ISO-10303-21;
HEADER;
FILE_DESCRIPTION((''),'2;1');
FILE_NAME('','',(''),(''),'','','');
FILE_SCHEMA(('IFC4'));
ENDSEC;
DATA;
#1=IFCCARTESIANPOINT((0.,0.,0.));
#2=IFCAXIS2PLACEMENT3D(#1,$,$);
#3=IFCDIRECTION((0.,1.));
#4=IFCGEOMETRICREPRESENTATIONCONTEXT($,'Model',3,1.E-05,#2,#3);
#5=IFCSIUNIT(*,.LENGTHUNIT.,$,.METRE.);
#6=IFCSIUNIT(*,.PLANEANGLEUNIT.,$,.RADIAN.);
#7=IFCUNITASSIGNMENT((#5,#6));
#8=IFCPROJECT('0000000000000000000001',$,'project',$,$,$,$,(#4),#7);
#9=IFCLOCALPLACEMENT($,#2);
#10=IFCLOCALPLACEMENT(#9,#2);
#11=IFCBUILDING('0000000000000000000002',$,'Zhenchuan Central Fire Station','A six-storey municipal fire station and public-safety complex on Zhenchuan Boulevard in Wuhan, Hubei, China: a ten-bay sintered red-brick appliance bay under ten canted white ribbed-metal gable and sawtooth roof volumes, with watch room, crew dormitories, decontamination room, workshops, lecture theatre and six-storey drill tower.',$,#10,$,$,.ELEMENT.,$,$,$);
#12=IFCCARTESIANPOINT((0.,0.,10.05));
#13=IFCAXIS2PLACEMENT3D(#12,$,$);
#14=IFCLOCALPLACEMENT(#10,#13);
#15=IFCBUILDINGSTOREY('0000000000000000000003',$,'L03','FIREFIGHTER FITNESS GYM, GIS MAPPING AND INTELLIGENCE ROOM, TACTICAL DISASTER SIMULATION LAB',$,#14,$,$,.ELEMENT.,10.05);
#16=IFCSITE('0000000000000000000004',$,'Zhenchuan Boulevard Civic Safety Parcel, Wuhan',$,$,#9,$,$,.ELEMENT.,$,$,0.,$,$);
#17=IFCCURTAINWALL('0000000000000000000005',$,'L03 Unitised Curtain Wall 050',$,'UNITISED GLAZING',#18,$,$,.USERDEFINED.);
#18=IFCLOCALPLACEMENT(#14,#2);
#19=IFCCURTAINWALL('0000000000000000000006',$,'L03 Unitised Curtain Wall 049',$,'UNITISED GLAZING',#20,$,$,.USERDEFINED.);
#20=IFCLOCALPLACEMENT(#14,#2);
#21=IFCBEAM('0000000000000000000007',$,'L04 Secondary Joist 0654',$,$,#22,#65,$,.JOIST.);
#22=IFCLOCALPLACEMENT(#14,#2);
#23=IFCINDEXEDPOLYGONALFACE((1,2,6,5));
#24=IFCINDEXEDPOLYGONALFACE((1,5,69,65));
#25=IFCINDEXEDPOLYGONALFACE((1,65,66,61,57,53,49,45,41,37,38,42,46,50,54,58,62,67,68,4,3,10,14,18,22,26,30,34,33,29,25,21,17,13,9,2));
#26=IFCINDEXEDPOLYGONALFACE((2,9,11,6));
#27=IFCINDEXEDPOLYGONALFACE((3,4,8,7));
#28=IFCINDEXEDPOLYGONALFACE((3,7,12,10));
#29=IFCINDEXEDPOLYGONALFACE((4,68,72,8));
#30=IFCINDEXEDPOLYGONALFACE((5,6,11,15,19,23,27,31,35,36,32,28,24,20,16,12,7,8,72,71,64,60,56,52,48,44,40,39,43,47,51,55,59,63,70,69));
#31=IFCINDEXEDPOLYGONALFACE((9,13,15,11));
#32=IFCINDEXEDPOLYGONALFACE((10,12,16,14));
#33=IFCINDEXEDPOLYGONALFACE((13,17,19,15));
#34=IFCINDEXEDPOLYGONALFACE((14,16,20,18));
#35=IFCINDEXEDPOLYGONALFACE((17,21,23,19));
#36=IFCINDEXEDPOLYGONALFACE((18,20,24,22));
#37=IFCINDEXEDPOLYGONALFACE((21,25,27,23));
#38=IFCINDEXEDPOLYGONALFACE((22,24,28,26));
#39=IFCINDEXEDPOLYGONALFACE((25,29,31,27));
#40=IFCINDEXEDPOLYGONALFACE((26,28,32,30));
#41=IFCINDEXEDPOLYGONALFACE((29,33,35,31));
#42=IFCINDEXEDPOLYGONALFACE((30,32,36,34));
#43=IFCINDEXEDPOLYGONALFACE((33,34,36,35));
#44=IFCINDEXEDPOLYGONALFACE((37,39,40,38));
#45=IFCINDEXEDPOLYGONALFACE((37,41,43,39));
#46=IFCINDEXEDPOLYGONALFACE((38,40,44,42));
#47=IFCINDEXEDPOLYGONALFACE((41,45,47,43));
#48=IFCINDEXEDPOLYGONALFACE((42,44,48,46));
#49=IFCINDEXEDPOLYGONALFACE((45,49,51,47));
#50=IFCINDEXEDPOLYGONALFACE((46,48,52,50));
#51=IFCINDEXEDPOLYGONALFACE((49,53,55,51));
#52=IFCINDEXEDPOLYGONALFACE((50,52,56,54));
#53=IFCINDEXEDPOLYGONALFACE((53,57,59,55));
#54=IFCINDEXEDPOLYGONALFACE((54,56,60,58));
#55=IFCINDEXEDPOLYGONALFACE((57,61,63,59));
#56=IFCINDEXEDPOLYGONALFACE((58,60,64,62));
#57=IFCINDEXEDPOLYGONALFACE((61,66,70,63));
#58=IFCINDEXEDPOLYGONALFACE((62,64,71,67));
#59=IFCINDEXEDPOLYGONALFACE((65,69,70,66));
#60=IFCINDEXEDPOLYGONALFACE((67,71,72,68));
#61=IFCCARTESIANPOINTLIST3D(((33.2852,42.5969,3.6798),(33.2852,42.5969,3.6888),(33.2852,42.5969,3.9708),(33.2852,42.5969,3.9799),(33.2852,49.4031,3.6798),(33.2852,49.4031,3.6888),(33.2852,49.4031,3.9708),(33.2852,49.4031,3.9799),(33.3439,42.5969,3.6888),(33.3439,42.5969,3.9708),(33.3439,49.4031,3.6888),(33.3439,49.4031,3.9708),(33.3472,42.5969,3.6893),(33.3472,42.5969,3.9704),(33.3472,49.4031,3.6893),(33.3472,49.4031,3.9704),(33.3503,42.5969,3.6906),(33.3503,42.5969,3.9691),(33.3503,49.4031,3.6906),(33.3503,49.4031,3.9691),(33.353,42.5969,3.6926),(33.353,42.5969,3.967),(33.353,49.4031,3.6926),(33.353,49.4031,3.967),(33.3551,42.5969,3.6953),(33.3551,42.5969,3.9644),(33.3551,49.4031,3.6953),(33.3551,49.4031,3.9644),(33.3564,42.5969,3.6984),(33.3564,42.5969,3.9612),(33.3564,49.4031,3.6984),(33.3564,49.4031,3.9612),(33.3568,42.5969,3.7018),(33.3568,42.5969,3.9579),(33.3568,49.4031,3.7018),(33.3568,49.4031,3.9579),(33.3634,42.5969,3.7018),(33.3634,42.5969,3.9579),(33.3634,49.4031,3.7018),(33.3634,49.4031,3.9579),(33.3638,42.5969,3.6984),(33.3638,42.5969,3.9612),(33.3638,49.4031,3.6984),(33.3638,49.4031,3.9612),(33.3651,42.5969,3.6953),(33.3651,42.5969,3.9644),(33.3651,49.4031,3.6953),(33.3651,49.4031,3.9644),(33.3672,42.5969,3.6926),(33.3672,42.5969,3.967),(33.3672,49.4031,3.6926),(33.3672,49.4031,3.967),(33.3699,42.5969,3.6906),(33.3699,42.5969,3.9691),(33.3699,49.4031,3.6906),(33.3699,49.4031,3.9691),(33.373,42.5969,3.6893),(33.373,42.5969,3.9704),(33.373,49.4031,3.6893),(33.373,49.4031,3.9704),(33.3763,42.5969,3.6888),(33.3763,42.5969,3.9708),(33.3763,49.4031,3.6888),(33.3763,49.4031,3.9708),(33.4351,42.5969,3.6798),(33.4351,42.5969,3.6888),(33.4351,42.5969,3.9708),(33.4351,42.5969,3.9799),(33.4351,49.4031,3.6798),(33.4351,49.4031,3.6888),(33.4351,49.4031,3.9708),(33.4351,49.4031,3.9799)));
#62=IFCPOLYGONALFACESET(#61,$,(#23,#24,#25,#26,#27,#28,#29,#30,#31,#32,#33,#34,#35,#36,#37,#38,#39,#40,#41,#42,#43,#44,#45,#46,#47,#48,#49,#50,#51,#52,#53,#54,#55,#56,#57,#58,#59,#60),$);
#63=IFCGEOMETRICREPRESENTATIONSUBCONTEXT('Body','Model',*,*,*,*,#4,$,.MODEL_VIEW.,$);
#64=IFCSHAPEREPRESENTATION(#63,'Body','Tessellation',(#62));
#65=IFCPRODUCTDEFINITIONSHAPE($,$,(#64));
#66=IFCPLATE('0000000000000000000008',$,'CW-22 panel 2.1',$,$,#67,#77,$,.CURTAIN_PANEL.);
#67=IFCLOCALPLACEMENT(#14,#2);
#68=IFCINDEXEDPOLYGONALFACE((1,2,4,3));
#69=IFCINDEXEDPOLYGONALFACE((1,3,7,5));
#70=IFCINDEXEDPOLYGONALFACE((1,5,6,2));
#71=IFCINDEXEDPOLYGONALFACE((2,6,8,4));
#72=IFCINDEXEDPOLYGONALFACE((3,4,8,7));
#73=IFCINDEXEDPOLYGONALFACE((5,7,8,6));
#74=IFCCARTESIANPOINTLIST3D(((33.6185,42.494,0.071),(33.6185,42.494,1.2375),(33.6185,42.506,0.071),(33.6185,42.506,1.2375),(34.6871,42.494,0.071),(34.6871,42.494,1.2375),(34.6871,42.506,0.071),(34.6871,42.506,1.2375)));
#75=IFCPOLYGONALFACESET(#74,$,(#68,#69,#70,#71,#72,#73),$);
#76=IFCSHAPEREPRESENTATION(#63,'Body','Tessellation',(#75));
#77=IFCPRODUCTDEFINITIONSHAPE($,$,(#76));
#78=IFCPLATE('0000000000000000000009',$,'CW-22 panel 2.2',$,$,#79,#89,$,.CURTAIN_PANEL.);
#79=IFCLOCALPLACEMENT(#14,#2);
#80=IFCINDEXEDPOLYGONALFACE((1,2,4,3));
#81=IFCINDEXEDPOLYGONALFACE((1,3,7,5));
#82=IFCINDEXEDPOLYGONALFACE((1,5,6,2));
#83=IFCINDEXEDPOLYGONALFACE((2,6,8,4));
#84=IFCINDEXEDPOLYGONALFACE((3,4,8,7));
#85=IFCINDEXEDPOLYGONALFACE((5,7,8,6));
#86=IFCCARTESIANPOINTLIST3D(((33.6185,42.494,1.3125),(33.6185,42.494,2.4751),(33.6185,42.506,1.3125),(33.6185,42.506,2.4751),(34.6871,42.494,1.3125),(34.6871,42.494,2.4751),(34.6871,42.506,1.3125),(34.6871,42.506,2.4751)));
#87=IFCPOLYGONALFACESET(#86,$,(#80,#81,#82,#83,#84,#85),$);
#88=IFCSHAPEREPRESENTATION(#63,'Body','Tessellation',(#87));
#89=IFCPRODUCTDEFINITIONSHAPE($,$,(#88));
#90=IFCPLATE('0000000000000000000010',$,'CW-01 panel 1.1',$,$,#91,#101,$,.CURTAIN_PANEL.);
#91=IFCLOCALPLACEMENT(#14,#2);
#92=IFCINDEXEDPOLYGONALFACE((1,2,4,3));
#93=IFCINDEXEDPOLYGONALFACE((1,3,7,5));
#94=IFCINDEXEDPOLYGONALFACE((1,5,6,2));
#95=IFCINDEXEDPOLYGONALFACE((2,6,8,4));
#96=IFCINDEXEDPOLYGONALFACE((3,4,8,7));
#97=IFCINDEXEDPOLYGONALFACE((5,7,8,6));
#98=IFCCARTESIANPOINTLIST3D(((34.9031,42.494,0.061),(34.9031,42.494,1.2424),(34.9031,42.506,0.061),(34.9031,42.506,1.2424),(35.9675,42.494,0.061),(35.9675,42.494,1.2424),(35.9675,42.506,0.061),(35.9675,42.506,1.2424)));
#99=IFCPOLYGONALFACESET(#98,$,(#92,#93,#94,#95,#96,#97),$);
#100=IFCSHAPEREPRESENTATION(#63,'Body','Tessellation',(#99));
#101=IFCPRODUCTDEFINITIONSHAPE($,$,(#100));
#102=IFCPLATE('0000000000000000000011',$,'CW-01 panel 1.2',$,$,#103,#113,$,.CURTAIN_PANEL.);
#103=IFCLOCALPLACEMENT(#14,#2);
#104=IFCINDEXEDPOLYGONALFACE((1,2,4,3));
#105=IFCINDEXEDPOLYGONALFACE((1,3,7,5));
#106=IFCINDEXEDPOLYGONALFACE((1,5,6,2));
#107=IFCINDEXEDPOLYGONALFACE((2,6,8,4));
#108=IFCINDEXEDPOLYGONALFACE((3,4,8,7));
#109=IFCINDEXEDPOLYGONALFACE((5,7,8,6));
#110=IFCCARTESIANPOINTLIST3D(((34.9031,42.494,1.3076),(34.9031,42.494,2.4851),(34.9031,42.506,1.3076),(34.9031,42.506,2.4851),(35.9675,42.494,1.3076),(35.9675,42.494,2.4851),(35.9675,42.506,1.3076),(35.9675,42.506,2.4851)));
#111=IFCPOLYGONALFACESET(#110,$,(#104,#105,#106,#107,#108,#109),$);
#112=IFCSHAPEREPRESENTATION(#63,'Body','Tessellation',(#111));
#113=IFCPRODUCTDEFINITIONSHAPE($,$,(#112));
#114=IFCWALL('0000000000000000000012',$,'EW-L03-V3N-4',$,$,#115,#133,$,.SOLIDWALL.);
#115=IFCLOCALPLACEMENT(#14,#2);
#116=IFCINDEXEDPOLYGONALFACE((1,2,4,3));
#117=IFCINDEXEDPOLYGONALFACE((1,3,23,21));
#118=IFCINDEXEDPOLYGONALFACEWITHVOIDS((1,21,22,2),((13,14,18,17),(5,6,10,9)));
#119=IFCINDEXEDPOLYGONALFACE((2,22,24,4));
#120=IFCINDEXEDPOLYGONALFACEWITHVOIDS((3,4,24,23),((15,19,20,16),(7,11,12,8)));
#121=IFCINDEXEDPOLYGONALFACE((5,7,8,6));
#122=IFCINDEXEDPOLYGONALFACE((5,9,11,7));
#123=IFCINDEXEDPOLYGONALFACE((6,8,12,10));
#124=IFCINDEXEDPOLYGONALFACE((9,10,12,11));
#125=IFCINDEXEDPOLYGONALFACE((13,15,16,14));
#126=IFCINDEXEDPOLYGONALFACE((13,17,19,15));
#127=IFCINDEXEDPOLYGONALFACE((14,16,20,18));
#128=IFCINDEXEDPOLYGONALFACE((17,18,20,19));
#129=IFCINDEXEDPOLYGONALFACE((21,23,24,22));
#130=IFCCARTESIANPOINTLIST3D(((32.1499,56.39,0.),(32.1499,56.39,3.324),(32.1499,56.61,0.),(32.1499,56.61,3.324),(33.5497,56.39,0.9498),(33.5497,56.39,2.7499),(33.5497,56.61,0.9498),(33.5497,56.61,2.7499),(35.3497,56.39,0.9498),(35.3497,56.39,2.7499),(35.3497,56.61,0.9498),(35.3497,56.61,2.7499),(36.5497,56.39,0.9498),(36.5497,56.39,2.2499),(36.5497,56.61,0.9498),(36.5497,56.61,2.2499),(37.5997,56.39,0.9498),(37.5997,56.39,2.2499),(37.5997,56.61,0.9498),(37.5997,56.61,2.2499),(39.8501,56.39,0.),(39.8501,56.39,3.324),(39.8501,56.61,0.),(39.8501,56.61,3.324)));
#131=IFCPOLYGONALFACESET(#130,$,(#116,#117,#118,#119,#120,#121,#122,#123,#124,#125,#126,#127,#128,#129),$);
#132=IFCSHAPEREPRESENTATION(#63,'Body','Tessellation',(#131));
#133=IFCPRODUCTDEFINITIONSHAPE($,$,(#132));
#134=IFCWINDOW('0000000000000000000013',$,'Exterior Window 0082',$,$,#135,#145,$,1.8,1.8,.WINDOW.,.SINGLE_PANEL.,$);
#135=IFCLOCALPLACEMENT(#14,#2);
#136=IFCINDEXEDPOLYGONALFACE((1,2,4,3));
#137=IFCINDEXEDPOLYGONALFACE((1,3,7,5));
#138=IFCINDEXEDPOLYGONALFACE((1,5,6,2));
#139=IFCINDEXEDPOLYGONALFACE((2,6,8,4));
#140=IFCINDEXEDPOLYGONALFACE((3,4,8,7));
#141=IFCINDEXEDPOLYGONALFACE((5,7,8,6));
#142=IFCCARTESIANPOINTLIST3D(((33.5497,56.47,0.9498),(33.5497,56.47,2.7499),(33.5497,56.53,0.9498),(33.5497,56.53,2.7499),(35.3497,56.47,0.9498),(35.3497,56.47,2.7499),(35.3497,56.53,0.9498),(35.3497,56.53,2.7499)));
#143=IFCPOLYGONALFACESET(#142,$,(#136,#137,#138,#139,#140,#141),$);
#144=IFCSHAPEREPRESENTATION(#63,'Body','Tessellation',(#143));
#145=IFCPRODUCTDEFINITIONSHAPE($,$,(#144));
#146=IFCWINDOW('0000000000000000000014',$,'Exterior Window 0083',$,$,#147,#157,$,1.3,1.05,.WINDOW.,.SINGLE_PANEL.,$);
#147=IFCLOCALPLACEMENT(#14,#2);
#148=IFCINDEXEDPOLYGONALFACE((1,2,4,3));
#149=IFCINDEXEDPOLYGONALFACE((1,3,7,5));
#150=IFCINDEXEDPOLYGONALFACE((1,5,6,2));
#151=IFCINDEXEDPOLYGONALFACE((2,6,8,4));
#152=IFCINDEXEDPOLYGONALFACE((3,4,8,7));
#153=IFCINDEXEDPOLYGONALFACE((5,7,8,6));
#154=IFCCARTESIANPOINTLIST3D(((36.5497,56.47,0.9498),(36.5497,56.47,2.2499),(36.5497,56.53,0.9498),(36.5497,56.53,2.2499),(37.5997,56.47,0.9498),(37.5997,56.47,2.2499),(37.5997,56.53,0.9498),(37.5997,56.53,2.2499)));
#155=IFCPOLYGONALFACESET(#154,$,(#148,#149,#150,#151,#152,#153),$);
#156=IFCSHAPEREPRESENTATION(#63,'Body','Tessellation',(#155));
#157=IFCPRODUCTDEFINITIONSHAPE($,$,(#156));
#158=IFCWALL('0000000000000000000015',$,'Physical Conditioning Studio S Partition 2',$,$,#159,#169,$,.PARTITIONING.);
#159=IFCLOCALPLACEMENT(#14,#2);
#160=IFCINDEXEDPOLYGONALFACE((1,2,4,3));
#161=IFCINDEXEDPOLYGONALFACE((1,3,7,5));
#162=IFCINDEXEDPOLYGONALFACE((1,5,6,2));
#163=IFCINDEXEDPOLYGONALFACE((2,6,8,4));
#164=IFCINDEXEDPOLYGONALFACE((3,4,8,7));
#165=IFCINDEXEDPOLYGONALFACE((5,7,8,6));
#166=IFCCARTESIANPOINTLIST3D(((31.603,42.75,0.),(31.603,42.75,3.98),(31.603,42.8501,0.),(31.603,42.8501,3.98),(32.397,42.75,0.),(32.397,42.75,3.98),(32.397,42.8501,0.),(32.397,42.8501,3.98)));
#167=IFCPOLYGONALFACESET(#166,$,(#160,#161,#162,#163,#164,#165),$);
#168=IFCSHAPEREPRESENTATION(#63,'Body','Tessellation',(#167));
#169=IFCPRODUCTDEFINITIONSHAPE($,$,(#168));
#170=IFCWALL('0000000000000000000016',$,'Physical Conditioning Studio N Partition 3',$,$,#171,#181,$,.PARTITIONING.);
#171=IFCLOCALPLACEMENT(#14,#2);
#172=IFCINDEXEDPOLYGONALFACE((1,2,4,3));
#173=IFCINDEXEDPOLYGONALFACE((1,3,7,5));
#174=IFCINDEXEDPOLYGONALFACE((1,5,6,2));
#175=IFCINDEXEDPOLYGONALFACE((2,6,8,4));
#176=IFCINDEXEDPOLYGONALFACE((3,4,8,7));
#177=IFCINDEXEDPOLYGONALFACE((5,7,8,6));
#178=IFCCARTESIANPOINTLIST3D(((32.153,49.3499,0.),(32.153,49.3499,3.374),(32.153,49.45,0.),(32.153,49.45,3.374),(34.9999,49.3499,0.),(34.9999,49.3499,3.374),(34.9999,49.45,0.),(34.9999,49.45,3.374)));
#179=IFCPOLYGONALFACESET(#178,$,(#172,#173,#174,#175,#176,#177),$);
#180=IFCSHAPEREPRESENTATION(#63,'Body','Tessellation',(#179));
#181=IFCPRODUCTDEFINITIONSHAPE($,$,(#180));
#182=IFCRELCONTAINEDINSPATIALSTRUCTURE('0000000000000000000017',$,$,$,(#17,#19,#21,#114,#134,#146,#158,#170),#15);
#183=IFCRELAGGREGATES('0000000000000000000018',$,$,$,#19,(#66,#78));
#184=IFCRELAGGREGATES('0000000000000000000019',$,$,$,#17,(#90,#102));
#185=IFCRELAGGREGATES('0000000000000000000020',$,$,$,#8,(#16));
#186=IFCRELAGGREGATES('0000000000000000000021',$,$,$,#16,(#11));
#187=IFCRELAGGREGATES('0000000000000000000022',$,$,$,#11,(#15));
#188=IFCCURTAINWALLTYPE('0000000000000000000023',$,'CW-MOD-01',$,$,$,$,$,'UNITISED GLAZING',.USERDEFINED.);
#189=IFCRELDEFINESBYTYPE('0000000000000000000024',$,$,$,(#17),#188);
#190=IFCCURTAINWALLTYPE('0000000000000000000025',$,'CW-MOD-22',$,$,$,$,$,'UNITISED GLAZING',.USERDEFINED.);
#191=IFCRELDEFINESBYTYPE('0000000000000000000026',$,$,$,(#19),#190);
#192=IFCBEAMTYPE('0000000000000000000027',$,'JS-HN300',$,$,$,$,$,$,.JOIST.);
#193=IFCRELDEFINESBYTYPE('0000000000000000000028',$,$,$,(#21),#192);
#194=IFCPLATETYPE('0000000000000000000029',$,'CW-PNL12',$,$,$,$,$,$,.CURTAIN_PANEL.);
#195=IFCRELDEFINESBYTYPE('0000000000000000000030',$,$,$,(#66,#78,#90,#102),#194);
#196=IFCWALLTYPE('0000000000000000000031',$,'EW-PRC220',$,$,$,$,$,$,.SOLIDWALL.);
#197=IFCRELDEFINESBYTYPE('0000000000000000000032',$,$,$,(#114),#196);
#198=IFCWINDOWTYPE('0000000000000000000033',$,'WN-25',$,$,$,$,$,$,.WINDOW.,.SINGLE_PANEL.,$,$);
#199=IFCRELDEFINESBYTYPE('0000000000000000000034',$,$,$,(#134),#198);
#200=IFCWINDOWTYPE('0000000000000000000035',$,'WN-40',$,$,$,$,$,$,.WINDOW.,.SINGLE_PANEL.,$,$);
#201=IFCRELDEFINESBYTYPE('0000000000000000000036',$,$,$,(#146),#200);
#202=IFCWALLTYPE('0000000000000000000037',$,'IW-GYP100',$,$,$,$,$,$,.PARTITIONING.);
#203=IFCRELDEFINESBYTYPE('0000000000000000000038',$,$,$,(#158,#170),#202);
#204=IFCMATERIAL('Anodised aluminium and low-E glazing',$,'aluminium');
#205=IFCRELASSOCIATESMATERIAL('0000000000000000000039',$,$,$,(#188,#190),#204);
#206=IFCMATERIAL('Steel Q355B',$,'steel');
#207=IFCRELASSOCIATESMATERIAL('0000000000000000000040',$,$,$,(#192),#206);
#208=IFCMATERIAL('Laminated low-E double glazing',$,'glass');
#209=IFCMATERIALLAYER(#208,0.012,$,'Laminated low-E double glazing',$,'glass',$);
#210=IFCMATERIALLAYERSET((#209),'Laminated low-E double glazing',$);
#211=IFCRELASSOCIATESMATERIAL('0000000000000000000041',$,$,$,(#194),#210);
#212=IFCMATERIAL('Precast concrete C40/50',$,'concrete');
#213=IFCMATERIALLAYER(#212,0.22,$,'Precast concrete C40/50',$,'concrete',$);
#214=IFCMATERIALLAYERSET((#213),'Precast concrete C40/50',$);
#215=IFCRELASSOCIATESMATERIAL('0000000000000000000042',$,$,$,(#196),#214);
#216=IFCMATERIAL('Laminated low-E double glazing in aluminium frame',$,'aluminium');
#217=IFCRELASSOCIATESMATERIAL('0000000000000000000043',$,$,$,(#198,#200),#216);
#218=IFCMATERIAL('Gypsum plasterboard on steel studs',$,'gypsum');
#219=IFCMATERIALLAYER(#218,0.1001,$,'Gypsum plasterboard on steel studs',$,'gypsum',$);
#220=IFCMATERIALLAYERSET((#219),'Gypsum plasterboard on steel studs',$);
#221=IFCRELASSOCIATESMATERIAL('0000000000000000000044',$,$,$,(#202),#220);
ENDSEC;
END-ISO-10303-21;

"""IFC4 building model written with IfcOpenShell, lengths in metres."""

from ifc_helpers import new_model, si_unit, direction, frame, frame_2d, origin, origin_2d, place, context, subcontext, project, spatial, rectangle, i_section, extrude, material, layer, layer_set, material_profile, profile_set, type_object, element, fill, aggregate, save


model = new_model("IFC4")

# Units and contexts
model_context = context("Model", 3, precision=1e-05, world=origin(), true_north=direction((0.0, 1.0)))
body_context = subcontext(model_context, "Body", "Model", "MODEL_VIEW")
ifc_project = project(units=[si_unit("LENGTHUNIT", "METRE"), si_unit("PLANEANGLEUNIT", "RADIAN")], contexts=[model_context])

# Site, building, storey
site_placement = place(None, origin())
site = spatial("IfcSite", under=ifc_project, at=site_placement, Name="Zhenchuan Boulevard Civic Safety Parcel, Wuhan", CompositionType="ELEMENT", RefElevation=0.0)
building_placement = place(site_placement, origin())
building = spatial("IfcBuilding", under=site, at=building_placement, Name="Zhenchuan Central Fire Station", Description="A six-storey municipal fire station and public-safety complex on Zhenchuan Boulevard in Wuhan, Hubei, China: a ten-bay sintered red-brick appliance bay under ten canted white ribbed-metal gable and sawtooth roof volumes, with watch room, crew dormitories, decontamination room, workshops, lecture theatre and six-storey drill tower.", CompositionType="ELEMENT")
storey_placement = place(building_placement, frame((0.0, 0.0, 10.05)))
storey = spatial("IfcBuildingStorey", under=building, at=storey_placement, Name="L03", Description="FIREFIGHTER FITNESS GYM, GIS MAPPING AND INTELLIGENCE ROOM, TACTICAL DISASTER SIMULATION LAB", CompositionType="ELEMENT", Elevation=10.05)

# Shared definitions
ifc_material_1 = material(Name="Steel Q355B", Category="steel")

# Curtain walls
ifc_material_2 = material(Name="Anodised aluminium and low-E glazing", Category="aluminium")
curtain_wall_type_1 = type_object("IfcCurtainWallType", Name="CW-MOD-01", ElementType="UNITISED GLAZING", PredefinedType="USERDEFINED", material=ifc_material_2)
curtain_wall_1_placement = place(storey_placement, origin())
curtain_wall_1 = element("IfcCurtainWall", 1, at=curtain_wall_1_placement, inside=storey, type_object=curtain_wall_type_1, Name="L03 Unitised Curtain Wall 050", ObjectType="UNITISED GLAZING", PredefinedType="USERDEFINED")
curtain_wall_type_2 = type_object("IfcCurtainWallType", Name="CW-MOD-22", ElementType="UNITISED GLAZING", PredefinedType="USERDEFINED", material=ifc_material_2)
curtain_wall_2_placement = place(storey_placement, origin())
curtain_wall_2 = element("IfcCurtainWall", 2, at=curtain_wall_2_placement, inside=storey, type_object=curtain_wall_type_2, Name="L03 Unitised Curtain Wall 049", ObjectType="UNITISED GLAZING", PredefinedType="USERDEFINED")

# Beam
ifc_material_profile_1 = material_profile(ifc_material_1, i_section(OverallWidth=0.1499, OverallDepth=0.3, WebThickness=0.0066, FlangeThickness=0.009, FilletRadius=0.0129, at=origin_2d()), Name="HN 300x150")
ifc_profile_set_1 = profile_set([ifc_material_profile_1], Name="Steel Q355B")
beam_type_1 = type_object("IfcBeamType", Name="JS-HN300", PredefinedType="JOIST", material=ifc_profile_set_1)
for number, where, z_axis, x_axis, name in (
    (3, (33.3601, 42.5969, 3.8298), (0.0, 1.0, 0.0), (-1.0, 0.0, 0.0), "L04 Secondary Joist 0654"),
):
    element("IfcBeam", number, at=place(storey_placement, frame(where, z_axis=z_axis, x_axis=x_axis)), inside=storey, type_object=beam_type_1, Name=name, PredefinedType="JOIST", context=body_context, shape_type="SweptSolid", body=[
        extrude(i_section(OverallWidth=0.1499, OverallDepth=0.3, WebThickness=0.0066, FlangeThickness=0.009, FilletRadius=0.0129, at=origin_2d()), origin(), (0.0, 0.0, 1.0), 6.8062),
    ])

# Plates
ifc_material_3 = material(Name="Laminated low-E double glazing", Category="glass")
ifc_layer_1 = layer(ifc_material_3, 0.012, Name="Laminated low-E double glazing", Category="glass")
ifc_layer_set_1 = layer_set([ifc_layer_1], Name="Laminated low-E double glazing")
plate_type = type_object("IfcPlateType", Name="CW-PNL12", PredefinedType="CURTAIN_PANEL", material=ifc_layer_set_1)
plate_1_placement = place(storey_placement, frame((34.1528, 42.5, 0.071), z_axis=(0.0, 0.0, 1.0), x_axis=(1.0, 0.0, 0.0)))
plate_1 = element("IfcPlate", 4, at=plate_1_placement, type_object=plate_type, Name="CW-22 panel 2.1", PredefinedType="CURTAIN_PANEL", context=body_context, shape_type="SweptSolid", body=[
    extrude(rectangle(XDim=1.0686, YDim=0.012, at=origin_2d()), origin(), (0.0, 0.0, 1.0), 1.1665),
])
plate_2_placement = place(storey_placement, frame((34.1528, 42.5, 1.3125), z_axis=(0.0, 0.0, 1.0), x_axis=(1.0, 0.0, 0.0)))
plate_2 = element("IfcPlate", 5, at=plate_2_placement, type_object=plate_type, Name="CW-22 panel 2.2", PredefinedType="CURTAIN_PANEL", context=body_context, shape_type="SweptSolid", body=[
    extrude(rectangle(XDim=1.0686, YDim=0.012, at=origin_2d()), origin(), (0.0, 0.0, 1.0), 1.1626),
])
aggregate(curtain_wall_2, [plate_1, plate_2])
plate_3_placement = place(storey_placement, frame((35.4353, 42.5, 0.061), z_axis=(0.0, 0.0, 1.0), x_axis=(1.0, 0.0, 0.0)))
plate_3 = element("IfcPlate", 6, at=plate_3_placement, type_object=plate_type, Name="CW-01 panel 1.1", PredefinedType="CURTAIN_PANEL", context=body_context, shape_type="SweptSolid", body=[
    extrude(rectangle(XDim=1.0645, YDim=0.012, at=origin_2d()), origin(), (0.0, 0.0, 1.0), 1.1814),
])
plate_4_placement = place(storey_placement, frame((35.4353, 42.5, 1.3076), z_axis=(0.0, 0.0, 1.0), x_axis=(1.0, 0.0, 0.0)))
plate_4 = element("IfcPlate", 7, at=plate_4_placement, type_object=plate_type, Name="CW-01 panel 1.2", PredefinedType="CURTAIN_PANEL", context=body_context, shape_type="SweptSolid", body=[
    extrude(rectangle(XDim=1.0645, YDim=0.012, at=origin_2d()), origin(), (0.0, 0.0, 1.0), 1.1775),
])
aggregate(curtain_wall_1, [plate_3, plate_4])

# Wall, openings, windows
ifc_material_4 = material(Name="Precast concrete C40/50", Category="concrete")
ifc_layer_2 = layer(ifc_material_4, 0.22, Name="Precast concrete C40/50", Category="concrete")
ifc_layer_set_2 = layer_set([ifc_layer_2], Name="Precast concrete C40/50")
wall_type_1 = type_object("IfcWallType", Name="EW-PRC220", PredefinedType="SOLIDWALL", material=ifc_layer_set_2)
wall_1_placement = place(storey_placement, frame((32.1499, 56.5, 0.0), z_axis=(0.0, 0.0, 1.0), x_axis=(1.0, 0.0, 0.0)))
wall_1 = element("IfcWall", 8, at=wall_1_placement, inside=storey, type_object=wall_type_1, Name="EW-L03-V3N-4", PredefinedType="SOLIDWALL", context=body_context, shape_type="SweptSolid", body=[
    extrude(rectangle(XDim=7.7002, YDim=0.22, at=frame_2d((3.8501, 0.0))), origin(), (0.0, 0.0, 1.0), 3.324),
])
opening_1_placement = place(wall_1_placement, frame((1.3999, 0.0, 0.95)))
opening_1 = element("IfcOpeningElement", 9, at=opening_1_placement, cuts=wall_1, PredefinedType="OPENING", context=body_context, shape_type="SweptSolid", body=[
    extrude(rectangle(XDim=1.8, YDim=1.8, at=frame_2d((0.8999, 0.8999))), frame((0.0, 0.1199, 0.0), z_axis=(0.0, -1.0, 0.0), x_axis=(1.0, 0.0, 0.0)), (0.0, 0.0, 1.0), 0.24),
])
opening_2_placement = place(wall_1_placement, frame((4.3999, 0.0, 0.95)))
opening_2 = element("IfcOpeningElement", 10, at=opening_2_placement, cuts=wall_1, PredefinedType="OPENING", context=body_context, shape_type="SweptSolid", body=[
    extrude(rectangle(XDim=1.05, YDim=1.3, at=frame_2d((0.5249, 0.6499))), frame((0.0, 0.1199, 0.0), z_axis=(0.0, -1.0, 0.0), x_axis=(1.0, 0.0, 0.0)), (0.0, 0.0, 1.0), 0.24),
])
ifc_material_5 = material(Name="Laminated low-E double glazing in aluminium frame", Category="aluminium")
window_type_1 = type_object("IfcWindowType", Name="WN-25", PartitioningType="SINGLE_PANEL", PredefinedType="WINDOW", material=ifc_material_5)
window_1_placement = place(opening_1_placement, origin())
window_1 = element("IfcWindow", 11, at=window_1_placement, inside=storey, type_object=window_type_1, Name="Exterior Window 0082", OverallHeight=1.8, OverallWidth=1.8, PartitioningType="SINGLE_PANEL", PredefinedType="WINDOW", context=body_context, shape_type="SweptSolid", body=[
    extrude(rectangle(XDim=1.8, YDim=1.8, at=frame_2d((0.8999, 0.8999))), frame((0.0, 0.03, 0.0), z_axis=(0.0, -1.0, 0.0), x_axis=(1.0, 0.0, 0.0)), (0.0, 0.0, 1.0), 0.0601),
])
fill(opening_1, window_1)
window_type_2 = type_object("IfcWindowType", Name="WN-40", PartitioningType="SINGLE_PANEL", PredefinedType="WINDOW", material=ifc_material_5)
window_2_placement = place(opening_2_placement, origin())
window_2 = element("IfcWindow", 12, at=window_2_placement, inside=storey, type_object=window_type_2, Name="Exterior Window 0083", OverallHeight=1.3, OverallWidth=1.05, PartitioningType="SINGLE_PANEL", PredefinedType="WINDOW", context=body_context, shape_type="SweptSolid", body=[
    extrude(rectangle(XDim=1.05, YDim=1.3, at=frame_2d((0.5249, 0.6499))), frame((0.0, 0.03, 0.0), z_axis=(0.0, -1.0, 0.0), x_axis=(1.0, 0.0, 0.0)), (0.0, 0.0, 1.0), 0.0601),
])
fill(opening_2, window_2)

# Walls
ifc_material_6 = material(Name="Gypsum plasterboard on steel studs", Category="gypsum")
ifc_layer_3 = layer(ifc_material_6, 0.1001, Name="Gypsum plasterboard on steel studs", Category="gypsum")
ifc_layer_set_3 = layer_set([ifc_layer_3], Name="Gypsum plasterboard on steel studs")
wall_type_2 = type_object("IfcWallType", Name="IW-GYP100", PredefinedType="PARTITIONING", material=ifc_layer_set_3)
wall_2_placement = place(storey_placement, frame((31.603, 42.8, 0.0), z_axis=(0.0, 0.0, 1.0), x_axis=(1.0, 0.0, 0.0)))
element("IfcWall", 13, at=wall_2_placement, inside=storey, type_object=wall_type_2, Name="Physical Conditioning Studio S Partition 2", PredefinedType="PARTITIONING", context=body_context, shape_type="SweptSolid", body=[
    extrude(rectangle(XDim=0.7939, YDim=0.1001, at=frame_2d((0.397, 0.0))), origin(), (0.0, 0.0, 1.0), 3.98),
])
wall_3_placement = place(storey_placement, frame((32.1531, 49.3999, 0.0), z_axis=(0.0, 0.0, 1.0), x_axis=(1.0, 0.0, 0.0)))
element("IfcWall", 14, at=wall_3_placement, inside=storey, type_object=wall_type_2, Name="Physical Conditioning Studio N Partition 3", PredefinedType="PARTITIONING", context=body_context, shape_type="SweptSolid", body=[
    extrude(rectangle(XDim=2.8469, YDim=0.1001, at=frame_2d((1.4233, 0.0))), origin(), (0.0, 0.0, 1.0), 3.374),
])

save(model, "model.ifc")
